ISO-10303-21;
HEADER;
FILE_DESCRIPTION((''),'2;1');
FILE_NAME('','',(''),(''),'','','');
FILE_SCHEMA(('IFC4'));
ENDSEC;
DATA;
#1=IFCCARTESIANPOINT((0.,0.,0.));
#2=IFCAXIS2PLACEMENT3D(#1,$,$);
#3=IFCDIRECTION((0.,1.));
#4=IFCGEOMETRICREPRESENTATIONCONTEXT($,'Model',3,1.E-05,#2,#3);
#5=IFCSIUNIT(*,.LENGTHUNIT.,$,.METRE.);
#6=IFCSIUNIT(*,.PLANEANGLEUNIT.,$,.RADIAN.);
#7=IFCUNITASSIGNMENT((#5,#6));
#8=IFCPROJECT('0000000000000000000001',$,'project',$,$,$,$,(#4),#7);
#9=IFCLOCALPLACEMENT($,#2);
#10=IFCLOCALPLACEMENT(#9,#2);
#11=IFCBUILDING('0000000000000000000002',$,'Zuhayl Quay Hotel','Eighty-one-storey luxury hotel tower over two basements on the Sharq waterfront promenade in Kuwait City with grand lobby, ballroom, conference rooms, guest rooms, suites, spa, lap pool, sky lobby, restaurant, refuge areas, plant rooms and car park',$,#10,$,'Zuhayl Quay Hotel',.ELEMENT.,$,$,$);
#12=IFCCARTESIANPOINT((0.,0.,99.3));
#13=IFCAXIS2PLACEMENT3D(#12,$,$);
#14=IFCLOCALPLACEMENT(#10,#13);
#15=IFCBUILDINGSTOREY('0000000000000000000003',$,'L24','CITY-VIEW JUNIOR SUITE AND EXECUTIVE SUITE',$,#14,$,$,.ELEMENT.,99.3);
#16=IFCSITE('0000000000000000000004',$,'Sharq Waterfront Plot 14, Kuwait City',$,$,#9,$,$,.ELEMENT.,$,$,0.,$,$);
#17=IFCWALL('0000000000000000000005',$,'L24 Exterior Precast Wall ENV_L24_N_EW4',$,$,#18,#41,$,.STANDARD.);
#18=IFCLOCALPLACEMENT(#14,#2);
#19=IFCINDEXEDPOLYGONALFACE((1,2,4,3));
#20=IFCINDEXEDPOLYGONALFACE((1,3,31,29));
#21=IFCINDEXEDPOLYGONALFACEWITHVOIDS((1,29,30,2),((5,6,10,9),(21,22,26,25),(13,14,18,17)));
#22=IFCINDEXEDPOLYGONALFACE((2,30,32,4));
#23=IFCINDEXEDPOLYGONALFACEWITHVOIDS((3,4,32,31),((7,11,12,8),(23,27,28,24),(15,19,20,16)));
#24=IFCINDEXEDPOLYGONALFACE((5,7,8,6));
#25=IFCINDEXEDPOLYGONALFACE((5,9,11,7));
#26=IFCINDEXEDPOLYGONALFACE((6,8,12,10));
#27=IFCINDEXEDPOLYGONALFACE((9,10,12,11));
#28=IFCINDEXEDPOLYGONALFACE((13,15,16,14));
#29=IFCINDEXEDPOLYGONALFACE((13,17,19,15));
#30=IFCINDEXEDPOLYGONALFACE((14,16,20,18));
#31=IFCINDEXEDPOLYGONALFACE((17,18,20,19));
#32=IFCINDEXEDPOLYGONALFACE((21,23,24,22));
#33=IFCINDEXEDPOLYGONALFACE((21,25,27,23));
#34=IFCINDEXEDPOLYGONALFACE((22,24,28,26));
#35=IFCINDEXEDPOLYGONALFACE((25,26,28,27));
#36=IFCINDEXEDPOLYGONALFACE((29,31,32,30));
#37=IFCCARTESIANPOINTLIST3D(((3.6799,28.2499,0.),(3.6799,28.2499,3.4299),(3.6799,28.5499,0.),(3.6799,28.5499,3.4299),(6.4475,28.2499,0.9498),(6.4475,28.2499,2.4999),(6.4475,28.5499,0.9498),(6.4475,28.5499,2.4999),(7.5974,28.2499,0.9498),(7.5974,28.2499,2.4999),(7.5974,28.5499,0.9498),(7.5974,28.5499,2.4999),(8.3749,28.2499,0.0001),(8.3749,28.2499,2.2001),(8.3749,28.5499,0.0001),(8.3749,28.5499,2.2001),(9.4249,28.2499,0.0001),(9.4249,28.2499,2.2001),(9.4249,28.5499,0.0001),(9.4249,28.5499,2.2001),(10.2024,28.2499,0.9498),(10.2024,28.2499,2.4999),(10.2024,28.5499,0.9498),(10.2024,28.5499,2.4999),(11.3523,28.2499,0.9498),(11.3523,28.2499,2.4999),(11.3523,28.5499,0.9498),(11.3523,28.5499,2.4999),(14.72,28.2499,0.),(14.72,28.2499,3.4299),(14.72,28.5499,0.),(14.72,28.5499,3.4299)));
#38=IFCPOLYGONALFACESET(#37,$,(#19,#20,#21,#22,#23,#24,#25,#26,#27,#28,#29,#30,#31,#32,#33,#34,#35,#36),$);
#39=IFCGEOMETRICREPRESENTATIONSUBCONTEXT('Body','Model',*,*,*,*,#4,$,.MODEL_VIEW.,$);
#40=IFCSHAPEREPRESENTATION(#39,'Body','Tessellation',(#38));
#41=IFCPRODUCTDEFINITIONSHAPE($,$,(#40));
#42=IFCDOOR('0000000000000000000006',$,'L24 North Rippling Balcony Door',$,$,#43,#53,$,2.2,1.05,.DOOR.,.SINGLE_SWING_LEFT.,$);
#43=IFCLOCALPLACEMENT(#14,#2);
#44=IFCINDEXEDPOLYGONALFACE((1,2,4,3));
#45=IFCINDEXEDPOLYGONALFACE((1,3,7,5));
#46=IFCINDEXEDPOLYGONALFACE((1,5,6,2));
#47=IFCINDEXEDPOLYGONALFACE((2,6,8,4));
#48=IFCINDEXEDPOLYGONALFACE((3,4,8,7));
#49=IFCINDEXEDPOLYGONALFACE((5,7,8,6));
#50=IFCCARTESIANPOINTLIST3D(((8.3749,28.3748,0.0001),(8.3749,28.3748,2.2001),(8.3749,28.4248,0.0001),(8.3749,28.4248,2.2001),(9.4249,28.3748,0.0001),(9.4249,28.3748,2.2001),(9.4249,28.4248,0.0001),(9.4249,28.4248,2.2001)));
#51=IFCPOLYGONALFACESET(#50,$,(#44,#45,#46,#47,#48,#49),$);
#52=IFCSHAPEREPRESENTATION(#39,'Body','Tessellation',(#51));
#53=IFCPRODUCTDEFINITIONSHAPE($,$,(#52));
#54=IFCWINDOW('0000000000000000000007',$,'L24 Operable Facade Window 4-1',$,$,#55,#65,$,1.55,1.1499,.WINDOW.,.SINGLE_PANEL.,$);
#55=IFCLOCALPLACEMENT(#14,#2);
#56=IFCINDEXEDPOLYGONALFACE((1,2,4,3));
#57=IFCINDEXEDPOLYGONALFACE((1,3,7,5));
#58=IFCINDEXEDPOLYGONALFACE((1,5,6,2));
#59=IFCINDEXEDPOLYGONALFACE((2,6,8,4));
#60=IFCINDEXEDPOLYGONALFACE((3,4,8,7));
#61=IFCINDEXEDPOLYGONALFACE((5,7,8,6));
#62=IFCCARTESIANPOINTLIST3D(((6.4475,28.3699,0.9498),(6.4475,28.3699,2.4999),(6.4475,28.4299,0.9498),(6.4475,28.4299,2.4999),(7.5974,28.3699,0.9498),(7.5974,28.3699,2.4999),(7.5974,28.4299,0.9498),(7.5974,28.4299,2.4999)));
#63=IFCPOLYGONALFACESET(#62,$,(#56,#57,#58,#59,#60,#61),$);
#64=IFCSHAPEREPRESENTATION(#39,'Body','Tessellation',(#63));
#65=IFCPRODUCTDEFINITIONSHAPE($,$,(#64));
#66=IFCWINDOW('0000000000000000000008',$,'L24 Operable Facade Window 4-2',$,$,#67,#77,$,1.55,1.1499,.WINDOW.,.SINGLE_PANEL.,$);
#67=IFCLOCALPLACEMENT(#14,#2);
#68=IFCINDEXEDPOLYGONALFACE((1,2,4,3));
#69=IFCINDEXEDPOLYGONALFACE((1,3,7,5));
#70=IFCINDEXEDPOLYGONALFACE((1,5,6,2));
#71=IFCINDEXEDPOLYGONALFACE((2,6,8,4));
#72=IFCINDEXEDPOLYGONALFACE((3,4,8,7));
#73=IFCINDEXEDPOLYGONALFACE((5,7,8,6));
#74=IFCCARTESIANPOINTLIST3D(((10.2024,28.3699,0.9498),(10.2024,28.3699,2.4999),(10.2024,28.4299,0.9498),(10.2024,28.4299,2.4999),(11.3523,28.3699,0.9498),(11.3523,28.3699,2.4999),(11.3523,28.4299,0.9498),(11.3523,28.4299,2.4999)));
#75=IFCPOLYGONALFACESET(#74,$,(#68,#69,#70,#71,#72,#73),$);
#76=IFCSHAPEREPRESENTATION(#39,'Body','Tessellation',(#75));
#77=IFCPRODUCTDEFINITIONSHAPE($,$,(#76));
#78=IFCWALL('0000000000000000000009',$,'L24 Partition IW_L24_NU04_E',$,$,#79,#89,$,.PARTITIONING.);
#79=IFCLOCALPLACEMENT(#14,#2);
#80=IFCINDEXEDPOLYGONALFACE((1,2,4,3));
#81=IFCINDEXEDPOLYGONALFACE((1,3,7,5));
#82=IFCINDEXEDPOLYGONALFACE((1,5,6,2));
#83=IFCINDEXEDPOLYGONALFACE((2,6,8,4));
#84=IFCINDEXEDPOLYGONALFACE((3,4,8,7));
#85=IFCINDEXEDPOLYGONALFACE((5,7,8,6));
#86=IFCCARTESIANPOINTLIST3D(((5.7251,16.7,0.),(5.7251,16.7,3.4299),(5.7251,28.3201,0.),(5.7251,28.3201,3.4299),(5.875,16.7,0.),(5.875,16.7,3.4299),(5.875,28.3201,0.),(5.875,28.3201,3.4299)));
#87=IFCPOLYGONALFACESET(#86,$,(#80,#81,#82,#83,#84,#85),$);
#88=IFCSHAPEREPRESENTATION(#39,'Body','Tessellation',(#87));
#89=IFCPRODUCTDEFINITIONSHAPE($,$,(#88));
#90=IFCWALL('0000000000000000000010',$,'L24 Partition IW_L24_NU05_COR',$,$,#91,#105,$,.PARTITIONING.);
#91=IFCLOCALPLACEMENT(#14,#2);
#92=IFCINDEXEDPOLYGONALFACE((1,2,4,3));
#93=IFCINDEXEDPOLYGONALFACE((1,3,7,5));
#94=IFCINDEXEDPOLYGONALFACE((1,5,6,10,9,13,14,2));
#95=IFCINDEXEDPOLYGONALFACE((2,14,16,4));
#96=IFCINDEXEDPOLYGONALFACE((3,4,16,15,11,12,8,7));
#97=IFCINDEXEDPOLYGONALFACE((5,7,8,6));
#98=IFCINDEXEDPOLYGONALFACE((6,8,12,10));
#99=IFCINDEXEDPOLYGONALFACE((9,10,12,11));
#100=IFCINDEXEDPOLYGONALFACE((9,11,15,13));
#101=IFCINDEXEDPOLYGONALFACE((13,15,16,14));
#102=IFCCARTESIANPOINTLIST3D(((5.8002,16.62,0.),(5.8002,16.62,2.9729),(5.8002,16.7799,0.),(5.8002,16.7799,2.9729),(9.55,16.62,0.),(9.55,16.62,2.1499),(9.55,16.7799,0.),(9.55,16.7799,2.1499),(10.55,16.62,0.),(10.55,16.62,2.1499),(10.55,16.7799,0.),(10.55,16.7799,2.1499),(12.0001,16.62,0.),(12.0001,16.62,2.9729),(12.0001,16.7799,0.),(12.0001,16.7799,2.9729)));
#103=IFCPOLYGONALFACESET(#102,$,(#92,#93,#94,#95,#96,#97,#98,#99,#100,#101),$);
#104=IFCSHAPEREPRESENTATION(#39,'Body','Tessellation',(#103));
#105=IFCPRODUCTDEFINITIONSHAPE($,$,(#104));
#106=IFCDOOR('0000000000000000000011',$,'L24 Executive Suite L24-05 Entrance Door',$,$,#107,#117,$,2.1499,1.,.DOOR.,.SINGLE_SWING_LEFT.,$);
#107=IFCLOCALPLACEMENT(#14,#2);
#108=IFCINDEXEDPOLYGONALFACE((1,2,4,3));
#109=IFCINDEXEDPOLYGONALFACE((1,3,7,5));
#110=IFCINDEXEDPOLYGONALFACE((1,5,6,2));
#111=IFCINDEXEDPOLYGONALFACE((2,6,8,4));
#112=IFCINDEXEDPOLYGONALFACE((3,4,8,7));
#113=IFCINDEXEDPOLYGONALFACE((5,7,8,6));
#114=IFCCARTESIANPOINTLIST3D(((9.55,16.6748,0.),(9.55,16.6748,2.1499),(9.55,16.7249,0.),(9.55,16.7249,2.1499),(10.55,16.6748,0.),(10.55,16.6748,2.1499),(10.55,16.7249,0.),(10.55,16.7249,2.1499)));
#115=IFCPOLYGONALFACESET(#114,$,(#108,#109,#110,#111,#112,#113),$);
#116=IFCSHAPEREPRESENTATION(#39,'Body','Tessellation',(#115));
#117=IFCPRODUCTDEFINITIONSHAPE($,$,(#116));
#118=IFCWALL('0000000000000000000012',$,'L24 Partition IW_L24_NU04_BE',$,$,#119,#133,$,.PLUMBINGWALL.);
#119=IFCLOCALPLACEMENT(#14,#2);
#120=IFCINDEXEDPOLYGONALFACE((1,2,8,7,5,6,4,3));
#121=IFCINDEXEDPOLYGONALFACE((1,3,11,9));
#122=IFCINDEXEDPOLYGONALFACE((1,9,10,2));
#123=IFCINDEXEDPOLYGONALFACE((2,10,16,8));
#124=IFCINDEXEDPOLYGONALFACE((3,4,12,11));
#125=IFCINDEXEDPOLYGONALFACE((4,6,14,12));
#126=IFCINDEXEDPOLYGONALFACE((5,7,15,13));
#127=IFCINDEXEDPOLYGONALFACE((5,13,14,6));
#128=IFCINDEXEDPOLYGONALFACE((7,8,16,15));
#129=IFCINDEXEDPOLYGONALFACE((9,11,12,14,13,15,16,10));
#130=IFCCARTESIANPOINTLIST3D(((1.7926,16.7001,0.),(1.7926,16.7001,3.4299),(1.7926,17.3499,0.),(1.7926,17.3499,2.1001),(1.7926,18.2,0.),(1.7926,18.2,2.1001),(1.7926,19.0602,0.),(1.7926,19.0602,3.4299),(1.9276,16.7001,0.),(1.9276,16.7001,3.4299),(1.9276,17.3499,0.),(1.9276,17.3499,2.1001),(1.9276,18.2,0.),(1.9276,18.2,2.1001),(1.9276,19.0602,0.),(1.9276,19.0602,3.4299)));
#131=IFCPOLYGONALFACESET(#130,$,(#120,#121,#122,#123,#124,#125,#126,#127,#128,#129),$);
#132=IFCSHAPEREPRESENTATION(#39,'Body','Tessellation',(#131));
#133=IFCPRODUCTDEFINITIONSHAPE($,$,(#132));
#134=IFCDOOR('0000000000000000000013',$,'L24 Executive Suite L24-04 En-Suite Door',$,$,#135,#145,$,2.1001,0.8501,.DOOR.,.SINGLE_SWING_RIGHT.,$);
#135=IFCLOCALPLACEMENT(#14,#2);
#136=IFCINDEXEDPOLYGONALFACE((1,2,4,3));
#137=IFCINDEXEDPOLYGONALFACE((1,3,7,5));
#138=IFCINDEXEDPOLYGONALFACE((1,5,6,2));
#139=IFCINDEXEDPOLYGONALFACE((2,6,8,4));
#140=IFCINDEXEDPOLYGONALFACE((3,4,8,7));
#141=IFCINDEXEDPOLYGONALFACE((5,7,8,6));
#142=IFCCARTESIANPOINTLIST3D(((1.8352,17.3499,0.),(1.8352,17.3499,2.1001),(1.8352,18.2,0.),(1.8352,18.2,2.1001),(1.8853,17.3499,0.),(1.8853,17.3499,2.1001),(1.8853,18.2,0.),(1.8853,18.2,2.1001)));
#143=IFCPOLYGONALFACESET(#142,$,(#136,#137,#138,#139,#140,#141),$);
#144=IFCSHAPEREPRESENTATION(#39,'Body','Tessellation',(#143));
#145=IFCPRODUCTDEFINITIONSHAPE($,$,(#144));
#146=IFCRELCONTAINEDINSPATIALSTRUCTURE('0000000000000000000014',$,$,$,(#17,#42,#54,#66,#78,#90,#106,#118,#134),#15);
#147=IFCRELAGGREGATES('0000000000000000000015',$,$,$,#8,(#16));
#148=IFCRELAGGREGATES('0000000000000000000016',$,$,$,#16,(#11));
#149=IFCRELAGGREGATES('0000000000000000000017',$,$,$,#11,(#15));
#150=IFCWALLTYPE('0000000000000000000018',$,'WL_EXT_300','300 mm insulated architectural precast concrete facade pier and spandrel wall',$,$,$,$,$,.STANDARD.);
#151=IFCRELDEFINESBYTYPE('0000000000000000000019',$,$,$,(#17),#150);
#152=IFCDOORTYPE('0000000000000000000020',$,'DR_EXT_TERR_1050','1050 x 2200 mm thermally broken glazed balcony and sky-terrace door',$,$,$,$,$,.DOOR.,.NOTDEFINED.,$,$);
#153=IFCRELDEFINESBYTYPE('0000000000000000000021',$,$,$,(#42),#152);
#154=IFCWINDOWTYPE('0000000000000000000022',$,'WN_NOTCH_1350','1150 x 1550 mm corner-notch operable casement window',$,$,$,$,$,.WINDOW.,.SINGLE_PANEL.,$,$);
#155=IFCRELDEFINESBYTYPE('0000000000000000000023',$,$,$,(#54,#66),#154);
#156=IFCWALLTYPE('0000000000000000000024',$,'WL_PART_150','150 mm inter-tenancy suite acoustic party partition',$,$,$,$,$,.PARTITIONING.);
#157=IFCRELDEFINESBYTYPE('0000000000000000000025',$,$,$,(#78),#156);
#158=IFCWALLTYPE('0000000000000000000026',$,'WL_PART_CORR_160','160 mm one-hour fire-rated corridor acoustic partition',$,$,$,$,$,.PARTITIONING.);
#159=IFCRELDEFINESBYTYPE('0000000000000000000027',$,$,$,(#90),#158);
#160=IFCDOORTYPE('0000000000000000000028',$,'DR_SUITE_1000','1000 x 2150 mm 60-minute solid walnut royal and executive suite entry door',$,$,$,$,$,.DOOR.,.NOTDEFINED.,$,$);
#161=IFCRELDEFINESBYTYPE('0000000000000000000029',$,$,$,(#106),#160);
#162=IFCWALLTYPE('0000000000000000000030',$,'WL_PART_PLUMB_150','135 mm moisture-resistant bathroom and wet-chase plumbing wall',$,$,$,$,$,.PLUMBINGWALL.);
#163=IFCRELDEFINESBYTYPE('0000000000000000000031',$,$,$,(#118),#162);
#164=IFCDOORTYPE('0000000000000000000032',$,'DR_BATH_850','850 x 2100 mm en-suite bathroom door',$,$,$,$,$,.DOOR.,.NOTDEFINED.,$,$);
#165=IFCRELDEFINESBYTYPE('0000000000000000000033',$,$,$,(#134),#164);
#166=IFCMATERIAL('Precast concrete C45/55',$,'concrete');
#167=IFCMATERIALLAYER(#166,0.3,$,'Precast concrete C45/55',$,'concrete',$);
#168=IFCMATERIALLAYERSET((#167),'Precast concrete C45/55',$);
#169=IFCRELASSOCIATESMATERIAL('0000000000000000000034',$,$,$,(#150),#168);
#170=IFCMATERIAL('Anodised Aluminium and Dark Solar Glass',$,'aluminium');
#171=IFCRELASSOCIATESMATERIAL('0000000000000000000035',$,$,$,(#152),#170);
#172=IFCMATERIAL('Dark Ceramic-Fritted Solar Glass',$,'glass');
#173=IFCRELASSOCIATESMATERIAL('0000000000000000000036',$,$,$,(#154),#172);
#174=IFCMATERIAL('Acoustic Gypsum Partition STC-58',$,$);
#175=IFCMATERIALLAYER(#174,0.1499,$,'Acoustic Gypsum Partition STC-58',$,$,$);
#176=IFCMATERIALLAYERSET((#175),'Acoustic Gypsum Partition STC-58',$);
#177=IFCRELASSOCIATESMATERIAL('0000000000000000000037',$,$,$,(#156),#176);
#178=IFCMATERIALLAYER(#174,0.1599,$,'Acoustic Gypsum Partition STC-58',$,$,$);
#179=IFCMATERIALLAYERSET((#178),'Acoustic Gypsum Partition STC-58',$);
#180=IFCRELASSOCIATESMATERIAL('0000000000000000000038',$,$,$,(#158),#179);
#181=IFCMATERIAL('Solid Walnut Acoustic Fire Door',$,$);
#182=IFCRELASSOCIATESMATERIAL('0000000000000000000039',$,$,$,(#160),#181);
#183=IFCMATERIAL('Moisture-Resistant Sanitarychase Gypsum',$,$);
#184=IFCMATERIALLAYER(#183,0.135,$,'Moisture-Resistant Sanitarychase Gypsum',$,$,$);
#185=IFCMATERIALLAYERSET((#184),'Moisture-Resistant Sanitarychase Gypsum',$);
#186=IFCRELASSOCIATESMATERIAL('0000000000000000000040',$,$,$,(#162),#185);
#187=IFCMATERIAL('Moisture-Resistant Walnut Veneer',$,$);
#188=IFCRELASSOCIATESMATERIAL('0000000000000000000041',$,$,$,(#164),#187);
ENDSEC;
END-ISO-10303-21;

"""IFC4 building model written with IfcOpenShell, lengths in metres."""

from ifc_helpers import new_model, si_unit, direction, frame, frame_2d, origin, place, context, subcontext, project, spatial, rectangle, extrude, material, layer, layer_set, type_object, element, fill, save


model = new_model("IFC4")

# Units and contexts
model_context = context("Model", 3, precision=1e-05, world=origin(), true_north=direction((0.0, 1.0)))
body_context = subcontext(model_context, "Body", "Model", "MODEL_VIEW")
ifc_project = project(units=[si_unit("LENGTHUNIT", "METRE"), si_unit("PLANEANGLEUNIT", "RADIAN")], contexts=[model_context])

# Site, building, storey
site_placement = place(None, origin())
site = spatial("IfcSite", under=ifc_project, at=site_placement, Name="Sharq Waterfront Plot 14, Kuwait City", CompositionType="ELEMENT", RefElevation=0.0)
building_placement = place(site_placement, origin())
building = spatial("IfcBuilding", under=site, at=building_placement, Name="Zuhayl Quay Hotel", Description="Eighty-one-storey luxury hotel tower over two basements on the Sharq waterfront promenade in Kuwait City with grand lobby, ballroom, conference rooms, guest rooms, suites, spa, lap pool, sky lobby, restaurant, refuge areas, plant rooms and car park", LongName="Zuhayl Quay Hotel", CompositionType="ELEMENT")
storey_placement = place(building_placement, frame((0.0, 0.0, 99.3)))
storey = spatial("IfcBuildingStorey", under=building, at=storey_placement, Name="L24", Description="CITY-VIEW JUNIOR SUITE AND EXECUTIVE SUITE", CompositionType="ELEMENT", Elevation=99.3)

# Shared definitions
ifc_material_1 = material(Name="Dark Ceramic-Fritted Solar Glass", Category="glass")

# Wall, openings, door, windows
ifc_material_2 = material(Name="Precast concrete C45/55", Category="concrete")
ifc_layer_1 = layer(ifc_material_2, 0.3, Name="Precast concrete C45/55", Category="concrete")
ifc_layer_set_1 = layer_set([ifc_layer_1], Name="Precast concrete C45/55")
wall_type_1 = type_object("IfcWallType", Name="WL_EXT_300", Description="300 mm insulated architectural precast concrete facade pier and spandrel wall", PredefinedType="STANDARD", material=ifc_layer_set_1)
wall_1_placement = place(storey_placement, frame((3.6799, 28.3999, 0.0), z_axis=(0.0, 0.0, 1.0), x_axis=(1.0, 0.0, 0.0)))
wall_1 = element("IfcWall", 1, at=wall_1_placement, inside=storey, type_object=wall_type_1, Name="L24 Exterior Precast Wall ENV_L24_N_EW4", PredefinedType="STANDARD", context=body_context, shape_type="SweptSolid", body=[
    extrude(rectangle(XDim=11.04, YDim=0.3, at=frame_2d((5.52, 0.0))), origin(), (0.0, 0.0, 1.0), 3.4299),
])
opening_1_placement = place(wall_1_placement, frame((4.6951, 0.0, 0.0)))
opening_1 = element("IfcOpeningElement", 2, at=opening_1_placement, cuts=wall_1, PredefinedType="OPENING", context=body_context, shape_type="SweptSolid", body=[
    extrude(rectangle(XDim=1.05, YDim=2.2, at=frame_2d((0.5249, 1.1001))), frame((0.0, 0.1599, 0.0), z_axis=(0.0, -1.0, 0.0), x_axis=(1.0, 0.0, 0.0)), (0.0, 0.0, 1.0), 0.3201),
])
opening_2_placement = place(wall_1_placement, frame((2.7676, 0.0, 0.95)))
opening_2 = element("IfcOpeningElement", 3, at=opening_2_placement, cuts=wall_1, PredefinedType="OPENING", context=body_context, shape_type="SweptSolid", body=[
    extrude(rectangle(XDim=1.1499, YDim=1.55, at=frame_2d((0.575, 0.7749))), frame((0.0, 0.1599, 0.0), z_axis=(0.0, -1.0, 0.0), x_axis=(1.0, 0.0, 0.0)), (0.0, 0.0, 1.0), 0.3201),
])
opening_3_placement = place(wall_1_placement, frame((6.5225, 0.0, 0.95)))
opening_3 = element("IfcOpeningElement", 4, at=opening_3_placement, cuts=wall_1, PredefinedType="OPENING", context=body_context, shape_type="SweptSolid", body=[
    extrude(rectangle(XDim=1.1499, YDim=1.55, at=frame_2d((0.575, 0.7749))), frame((0.0, 0.1599, 0.0), z_axis=(0.0, -1.0, 0.0), x_axis=(1.0, 0.0, 0.0)), (0.0, 0.0, 1.0), 0.3201),
])
ifc_material_3 = material(Name="Anodised Aluminium and Dark Solar Glass", Category="aluminium")
door_type_1 = type_object("IfcDoorType", Name="DR_EXT_TERR_1050", Description="1050 x 2200 mm thermally broken glazed balcony and sky-terrace door", OperationType="NOTDEFINED", PredefinedType="DOOR", material=ifc_material_3)
door_1_placement = place(opening_1_placement, origin())
door_1 = element("IfcDoor", 5, at=door_1_placement, inside=storey, type_object=door_type_1, Name="L24 North Rippling Balcony Door", OperationType="SINGLE_SWING_LEFT", OverallHeight=2.2, OverallWidth=1.05, PredefinedType="DOOR", context=body_context, shape_type="SweptSolid", body=[
    extrude(rectangle(XDim=1.05, YDim=2.2, at=frame_2d((0.5249, 1.1001))), frame((0.0, 0.0249, 0.0), z_axis=(0.0, -1.0, 0.0), x_axis=(1.0, 0.0, 0.0)), (0.0, 0.0, 1.0), 0.05),
])
fill(opening_1, door_1)
window_type = type_object("IfcWindowType", Name="WN_NOTCH_1350", Description="1150 x 1550 mm corner-notch operable casement window", PartitioningType="SINGLE_PANEL", PredefinedType="WINDOW", material=ifc_material_1)
window_1_placement = place(opening_2_placement, origin())
window_1 = element("IfcWindow", 6, at=window_1_placement, inside=storey, type_object=window_type, Name="L24 Operable Facade Window 4-1", OverallHeight=1.55, OverallWidth=1.1499, PartitioningType="SINGLE_PANEL", PredefinedType="WINDOW", context=body_context, shape_type="SweptSolid", body=[
    extrude(rectangle(XDim=1.1499, YDim=1.55, at=frame_2d((0.575, 0.7749))), frame((0.0, 0.03, 0.0), z_axis=(0.0, -1.0, 0.0), x_axis=(1.0, 0.0, 0.0)), (0.0, 0.0, 1.0), 0.0601),
])
fill(opening_2, window_1)
window_2_placement = place(opening_3_placement, origin())
window_2 = element("IfcWindow", 7, at=window_2_placement, inside=storey, type_object=window_type, Name="L24 Operable Facade Window 4-2", OverallHeight=1.55, OverallWidth=1.1499, PartitioningType="SINGLE_PANEL", PredefinedType="WINDOW", context=body_context, shape_type="SweptSolid", body=[
    extrude(rectangle(XDim=1.1499, YDim=1.55, at=frame_2d((0.575, 0.7749))), frame((0.0, 0.03, 0.0), z_axis=(0.0, -1.0, 0.0), x_axis=(1.0, 0.0, 0.0)), (0.0, 0.0, 1.0), 0.0601),
])
fill(opening_3, window_2)

# Wall
ifc_material_4 = material(Name="Acoustic Gypsum Partition STC-58")
ifc_layer_2 = layer(ifc_material_4, 0.1499, Name="Acoustic Gypsum Partition STC-58")
ifc_layer_set_2 = layer_set([ifc_layer_2], Name="Acoustic Gypsum Partition STC-58")
wall_type_2 = type_object("IfcWallType", Name="WL_PART_150", Description="150 mm inter-tenancy suite acoustic party partition", PredefinedType="PARTITIONING", material=ifc_layer_set_2)
wall_2_placement = place(storey_placement, frame((5.8, 16.7, 0.0), z_axis=(0.0, 0.0, 1.0), x_axis=(0.0, 1.0, 0.0)))
element("IfcWall", 8, at=wall_2_placement, inside=storey, type_object=wall_type_2, Name="L24 Partition IW_L24_NU04_E", PredefinedType="PARTITIONING", context=body_context, shape_type="SweptSolid", body=[
    extrude(rectangle(XDim=11.6201, YDim=0.1499, at=frame_2d((5.8101, 0.0))), origin(), (0.0, 0.0, 1.0), 3.4299),
])

# Walls, openings, doors
ifc_layer_3 = layer(ifc_material_4, 0.1599, Name="Acoustic Gypsum Partition STC-58")
ifc_layer_set_3 = layer_set([ifc_layer_3], Name="Acoustic Gypsum Partition STC-58")
wall_type_3 = type_object("IfcWallType", Name="WL_PART_CORR_160", Description="160 mm one-hour fire-rated corridor acoustic partition", PredefinedType="PARTITIONING", material=ifc_layer_set_3)
wall_3_placement = place(storey_placement, frame((5.8, 16.7, 0.0), z_axis=(0.0, 0.0, 1.0), x_axis=(1.0, 0.0, 0.0)))
wall_3 = element("IfcWall", 9, at=wall_3_placement, inside=storey, type_object=wall_type_3, Name="L24 Partition IW_L24_NU05_COR", PredefinedType="PARTITIONING", context=body_context, shape_type="SweptSolid", body=[
    extrude(rectangle(XDim=6.2, YDim=0.1599, at=frame_2d((3.1001, 0.0))), origin(), (0.0, 0.0, 1.0), 2.9729),
])
opening_4_placement = place(wall_3_placement, frame((3.75, 0.0, 0.0)))
opening_4 = element("IfcOpeningElement", 10, at=opening_4_placement, cuts=wall_3, PredefinedType="OPENING", context=body_context, shape_type="SweptSolid", body=[
    extrude(rectangle(XDim=1.0, YDim=2.1499, at=frame_2d((0.5, 1.075))), frame((0.0, 0.0898, 0.0), z_axis=(0.0, -1.0, 0.0), x_axis=(1.0, 0.0, 0.0)), (0.0, 0.0, 1.0), 0.1799),
])
ifc_material_5 = material(Name="Solid Walnut Acoustic Fire Door")
door_type_2 = type_object("IfcDoorType", Name="DR_SUITE_1000", Description="1000 x 2150 mm 60-minute solid walnut royal and executive suite entry door", OperationType="NOTDEFINED", PredefinedType="DOOR", material=ifc_material_5)
door_2_placement = place(opening_4_placement, origin())
door_2 = element("IfcDoor", 11, at=door_2_placement, inside=storey, type_object=door_type_2, Name="L24 Executive Suite L24-05 Entrance Door", OperationType="SINGLE_SWING_LEFT", OverallHeight=2.1499, OverallWidth=1.0, PredefinedType="DOOR", context=body_context, shape_type="SweptSolid", body=[
    extrude(rectangle(XDim=1.0, YDim=2.1499, at=frame_2d((0.5, 1.075))), frame((0.0, 0.0249, 0.0), z_axis=(0.0, -1.0, 0.0), x_axis=(1.0, 0.0, 0.0)), (0.0, 0.0, 1.0), 0.05),
])
fill(opening_4, door_2)
ifc_material_6 = material(Name="Moisture-Resistant Sanitarychase Gypsum")
ifc_layer_4 = layer(ifc_material_6, 0.135, Name="Moisture-Resistant Sanitarychase Gypsum")
ifc_layer_set_4 = layer_set([ifc_layer_4], Name="Moisture-Resistant Sanitarychase Gypsum")
wall_type_4 = type_object("IfcWallType", Name="WL_PART_PLUMB_150", Description="135 mm moisture-resistant bathroom and wet-chase plumbing wall", PredefinedType="PLUMBINGWALL", material=ifc_layer_set_4)
wall_4_placement = place(storey_placement, frame((1.8601, 16.7, 0.0), z_axis=(0.0, 0.0, 1.0), x_axis=(0.0, 1.0, 0.0)))
wall_4 = element("IfcWall", 12, at=wall_4_placement, inside=storey, type_object=wall_type_4, Name="L24 Partition IW_L24_NU04_BE", PredefinedType="PLUMBINGWALL", context=body_context, shape_type="SweptSolid", body=[
    extrude(rectangle(XDim=2.3601, YDim=0.135, at=frame_2d((1.1802, 0.0))), origin(), (0.0, 0.0, 1.0), 3.4299),
])
opening_5_placement = place(wall_4_placement, frame((0.6499, 0.0, 0.0)))
opening_5 = element("IfcOpeningElement", 13, at=opening_5_placement, cuts=wall_4, PredefinedType="OPENING", context=body_context, shape_type="SweptSolid", body=[
    extrude(rectangle(XDim=0.8501, YDim=2.1001, at=frame_2d((0.425, 1.05))), frame((0.0, 0.0774, 0.0), z_axis=(0.0, -1.0, 0.0), x_axis=(1.0, 0.0, 0.0)), (0.0, 0.0, 1.0), 0.155),
])
ifc_material_7 = material(Name="Moisture-Resistant Walnut Veneer")
door_type_3 = type_object("IfcDoorType", Name="DR_BATH_850", Description="850 x 2100 mm en-suite bathroom door", OperationType="NOTDEFINED", PredefinedType="DOOR", material=ifc_material_7)
door_3_placement = place(opening_5_placement, origin())
door_3 = element("IfcDoor", 14, at=door_3_placement, inside=storey, type_object=door_type_3, Name="L24 Executive Suite L24-04 En-Suite Door", OperationType="SINGLE_SWING_RIGHT", OverallHeight=2.1001, OverallWidth=0.8501, PredefinedType="DOOR", context=body_context, shape_type="SweptSolid", body=[
    extrude(rectangle(XDim=0.8501, YDim=2.1001, at=frame_2d((0.425, 1.05))), frame((0.0, 0.0249, 0.0), z_axis=(0.0, -1.0, 0.0), x_axis=(1.0, 0.0, 0.0)), (0.0, 0.0, 1.0), 0.05),
])
fill(opening_5, door_3)

save(model, "model.ifc")
